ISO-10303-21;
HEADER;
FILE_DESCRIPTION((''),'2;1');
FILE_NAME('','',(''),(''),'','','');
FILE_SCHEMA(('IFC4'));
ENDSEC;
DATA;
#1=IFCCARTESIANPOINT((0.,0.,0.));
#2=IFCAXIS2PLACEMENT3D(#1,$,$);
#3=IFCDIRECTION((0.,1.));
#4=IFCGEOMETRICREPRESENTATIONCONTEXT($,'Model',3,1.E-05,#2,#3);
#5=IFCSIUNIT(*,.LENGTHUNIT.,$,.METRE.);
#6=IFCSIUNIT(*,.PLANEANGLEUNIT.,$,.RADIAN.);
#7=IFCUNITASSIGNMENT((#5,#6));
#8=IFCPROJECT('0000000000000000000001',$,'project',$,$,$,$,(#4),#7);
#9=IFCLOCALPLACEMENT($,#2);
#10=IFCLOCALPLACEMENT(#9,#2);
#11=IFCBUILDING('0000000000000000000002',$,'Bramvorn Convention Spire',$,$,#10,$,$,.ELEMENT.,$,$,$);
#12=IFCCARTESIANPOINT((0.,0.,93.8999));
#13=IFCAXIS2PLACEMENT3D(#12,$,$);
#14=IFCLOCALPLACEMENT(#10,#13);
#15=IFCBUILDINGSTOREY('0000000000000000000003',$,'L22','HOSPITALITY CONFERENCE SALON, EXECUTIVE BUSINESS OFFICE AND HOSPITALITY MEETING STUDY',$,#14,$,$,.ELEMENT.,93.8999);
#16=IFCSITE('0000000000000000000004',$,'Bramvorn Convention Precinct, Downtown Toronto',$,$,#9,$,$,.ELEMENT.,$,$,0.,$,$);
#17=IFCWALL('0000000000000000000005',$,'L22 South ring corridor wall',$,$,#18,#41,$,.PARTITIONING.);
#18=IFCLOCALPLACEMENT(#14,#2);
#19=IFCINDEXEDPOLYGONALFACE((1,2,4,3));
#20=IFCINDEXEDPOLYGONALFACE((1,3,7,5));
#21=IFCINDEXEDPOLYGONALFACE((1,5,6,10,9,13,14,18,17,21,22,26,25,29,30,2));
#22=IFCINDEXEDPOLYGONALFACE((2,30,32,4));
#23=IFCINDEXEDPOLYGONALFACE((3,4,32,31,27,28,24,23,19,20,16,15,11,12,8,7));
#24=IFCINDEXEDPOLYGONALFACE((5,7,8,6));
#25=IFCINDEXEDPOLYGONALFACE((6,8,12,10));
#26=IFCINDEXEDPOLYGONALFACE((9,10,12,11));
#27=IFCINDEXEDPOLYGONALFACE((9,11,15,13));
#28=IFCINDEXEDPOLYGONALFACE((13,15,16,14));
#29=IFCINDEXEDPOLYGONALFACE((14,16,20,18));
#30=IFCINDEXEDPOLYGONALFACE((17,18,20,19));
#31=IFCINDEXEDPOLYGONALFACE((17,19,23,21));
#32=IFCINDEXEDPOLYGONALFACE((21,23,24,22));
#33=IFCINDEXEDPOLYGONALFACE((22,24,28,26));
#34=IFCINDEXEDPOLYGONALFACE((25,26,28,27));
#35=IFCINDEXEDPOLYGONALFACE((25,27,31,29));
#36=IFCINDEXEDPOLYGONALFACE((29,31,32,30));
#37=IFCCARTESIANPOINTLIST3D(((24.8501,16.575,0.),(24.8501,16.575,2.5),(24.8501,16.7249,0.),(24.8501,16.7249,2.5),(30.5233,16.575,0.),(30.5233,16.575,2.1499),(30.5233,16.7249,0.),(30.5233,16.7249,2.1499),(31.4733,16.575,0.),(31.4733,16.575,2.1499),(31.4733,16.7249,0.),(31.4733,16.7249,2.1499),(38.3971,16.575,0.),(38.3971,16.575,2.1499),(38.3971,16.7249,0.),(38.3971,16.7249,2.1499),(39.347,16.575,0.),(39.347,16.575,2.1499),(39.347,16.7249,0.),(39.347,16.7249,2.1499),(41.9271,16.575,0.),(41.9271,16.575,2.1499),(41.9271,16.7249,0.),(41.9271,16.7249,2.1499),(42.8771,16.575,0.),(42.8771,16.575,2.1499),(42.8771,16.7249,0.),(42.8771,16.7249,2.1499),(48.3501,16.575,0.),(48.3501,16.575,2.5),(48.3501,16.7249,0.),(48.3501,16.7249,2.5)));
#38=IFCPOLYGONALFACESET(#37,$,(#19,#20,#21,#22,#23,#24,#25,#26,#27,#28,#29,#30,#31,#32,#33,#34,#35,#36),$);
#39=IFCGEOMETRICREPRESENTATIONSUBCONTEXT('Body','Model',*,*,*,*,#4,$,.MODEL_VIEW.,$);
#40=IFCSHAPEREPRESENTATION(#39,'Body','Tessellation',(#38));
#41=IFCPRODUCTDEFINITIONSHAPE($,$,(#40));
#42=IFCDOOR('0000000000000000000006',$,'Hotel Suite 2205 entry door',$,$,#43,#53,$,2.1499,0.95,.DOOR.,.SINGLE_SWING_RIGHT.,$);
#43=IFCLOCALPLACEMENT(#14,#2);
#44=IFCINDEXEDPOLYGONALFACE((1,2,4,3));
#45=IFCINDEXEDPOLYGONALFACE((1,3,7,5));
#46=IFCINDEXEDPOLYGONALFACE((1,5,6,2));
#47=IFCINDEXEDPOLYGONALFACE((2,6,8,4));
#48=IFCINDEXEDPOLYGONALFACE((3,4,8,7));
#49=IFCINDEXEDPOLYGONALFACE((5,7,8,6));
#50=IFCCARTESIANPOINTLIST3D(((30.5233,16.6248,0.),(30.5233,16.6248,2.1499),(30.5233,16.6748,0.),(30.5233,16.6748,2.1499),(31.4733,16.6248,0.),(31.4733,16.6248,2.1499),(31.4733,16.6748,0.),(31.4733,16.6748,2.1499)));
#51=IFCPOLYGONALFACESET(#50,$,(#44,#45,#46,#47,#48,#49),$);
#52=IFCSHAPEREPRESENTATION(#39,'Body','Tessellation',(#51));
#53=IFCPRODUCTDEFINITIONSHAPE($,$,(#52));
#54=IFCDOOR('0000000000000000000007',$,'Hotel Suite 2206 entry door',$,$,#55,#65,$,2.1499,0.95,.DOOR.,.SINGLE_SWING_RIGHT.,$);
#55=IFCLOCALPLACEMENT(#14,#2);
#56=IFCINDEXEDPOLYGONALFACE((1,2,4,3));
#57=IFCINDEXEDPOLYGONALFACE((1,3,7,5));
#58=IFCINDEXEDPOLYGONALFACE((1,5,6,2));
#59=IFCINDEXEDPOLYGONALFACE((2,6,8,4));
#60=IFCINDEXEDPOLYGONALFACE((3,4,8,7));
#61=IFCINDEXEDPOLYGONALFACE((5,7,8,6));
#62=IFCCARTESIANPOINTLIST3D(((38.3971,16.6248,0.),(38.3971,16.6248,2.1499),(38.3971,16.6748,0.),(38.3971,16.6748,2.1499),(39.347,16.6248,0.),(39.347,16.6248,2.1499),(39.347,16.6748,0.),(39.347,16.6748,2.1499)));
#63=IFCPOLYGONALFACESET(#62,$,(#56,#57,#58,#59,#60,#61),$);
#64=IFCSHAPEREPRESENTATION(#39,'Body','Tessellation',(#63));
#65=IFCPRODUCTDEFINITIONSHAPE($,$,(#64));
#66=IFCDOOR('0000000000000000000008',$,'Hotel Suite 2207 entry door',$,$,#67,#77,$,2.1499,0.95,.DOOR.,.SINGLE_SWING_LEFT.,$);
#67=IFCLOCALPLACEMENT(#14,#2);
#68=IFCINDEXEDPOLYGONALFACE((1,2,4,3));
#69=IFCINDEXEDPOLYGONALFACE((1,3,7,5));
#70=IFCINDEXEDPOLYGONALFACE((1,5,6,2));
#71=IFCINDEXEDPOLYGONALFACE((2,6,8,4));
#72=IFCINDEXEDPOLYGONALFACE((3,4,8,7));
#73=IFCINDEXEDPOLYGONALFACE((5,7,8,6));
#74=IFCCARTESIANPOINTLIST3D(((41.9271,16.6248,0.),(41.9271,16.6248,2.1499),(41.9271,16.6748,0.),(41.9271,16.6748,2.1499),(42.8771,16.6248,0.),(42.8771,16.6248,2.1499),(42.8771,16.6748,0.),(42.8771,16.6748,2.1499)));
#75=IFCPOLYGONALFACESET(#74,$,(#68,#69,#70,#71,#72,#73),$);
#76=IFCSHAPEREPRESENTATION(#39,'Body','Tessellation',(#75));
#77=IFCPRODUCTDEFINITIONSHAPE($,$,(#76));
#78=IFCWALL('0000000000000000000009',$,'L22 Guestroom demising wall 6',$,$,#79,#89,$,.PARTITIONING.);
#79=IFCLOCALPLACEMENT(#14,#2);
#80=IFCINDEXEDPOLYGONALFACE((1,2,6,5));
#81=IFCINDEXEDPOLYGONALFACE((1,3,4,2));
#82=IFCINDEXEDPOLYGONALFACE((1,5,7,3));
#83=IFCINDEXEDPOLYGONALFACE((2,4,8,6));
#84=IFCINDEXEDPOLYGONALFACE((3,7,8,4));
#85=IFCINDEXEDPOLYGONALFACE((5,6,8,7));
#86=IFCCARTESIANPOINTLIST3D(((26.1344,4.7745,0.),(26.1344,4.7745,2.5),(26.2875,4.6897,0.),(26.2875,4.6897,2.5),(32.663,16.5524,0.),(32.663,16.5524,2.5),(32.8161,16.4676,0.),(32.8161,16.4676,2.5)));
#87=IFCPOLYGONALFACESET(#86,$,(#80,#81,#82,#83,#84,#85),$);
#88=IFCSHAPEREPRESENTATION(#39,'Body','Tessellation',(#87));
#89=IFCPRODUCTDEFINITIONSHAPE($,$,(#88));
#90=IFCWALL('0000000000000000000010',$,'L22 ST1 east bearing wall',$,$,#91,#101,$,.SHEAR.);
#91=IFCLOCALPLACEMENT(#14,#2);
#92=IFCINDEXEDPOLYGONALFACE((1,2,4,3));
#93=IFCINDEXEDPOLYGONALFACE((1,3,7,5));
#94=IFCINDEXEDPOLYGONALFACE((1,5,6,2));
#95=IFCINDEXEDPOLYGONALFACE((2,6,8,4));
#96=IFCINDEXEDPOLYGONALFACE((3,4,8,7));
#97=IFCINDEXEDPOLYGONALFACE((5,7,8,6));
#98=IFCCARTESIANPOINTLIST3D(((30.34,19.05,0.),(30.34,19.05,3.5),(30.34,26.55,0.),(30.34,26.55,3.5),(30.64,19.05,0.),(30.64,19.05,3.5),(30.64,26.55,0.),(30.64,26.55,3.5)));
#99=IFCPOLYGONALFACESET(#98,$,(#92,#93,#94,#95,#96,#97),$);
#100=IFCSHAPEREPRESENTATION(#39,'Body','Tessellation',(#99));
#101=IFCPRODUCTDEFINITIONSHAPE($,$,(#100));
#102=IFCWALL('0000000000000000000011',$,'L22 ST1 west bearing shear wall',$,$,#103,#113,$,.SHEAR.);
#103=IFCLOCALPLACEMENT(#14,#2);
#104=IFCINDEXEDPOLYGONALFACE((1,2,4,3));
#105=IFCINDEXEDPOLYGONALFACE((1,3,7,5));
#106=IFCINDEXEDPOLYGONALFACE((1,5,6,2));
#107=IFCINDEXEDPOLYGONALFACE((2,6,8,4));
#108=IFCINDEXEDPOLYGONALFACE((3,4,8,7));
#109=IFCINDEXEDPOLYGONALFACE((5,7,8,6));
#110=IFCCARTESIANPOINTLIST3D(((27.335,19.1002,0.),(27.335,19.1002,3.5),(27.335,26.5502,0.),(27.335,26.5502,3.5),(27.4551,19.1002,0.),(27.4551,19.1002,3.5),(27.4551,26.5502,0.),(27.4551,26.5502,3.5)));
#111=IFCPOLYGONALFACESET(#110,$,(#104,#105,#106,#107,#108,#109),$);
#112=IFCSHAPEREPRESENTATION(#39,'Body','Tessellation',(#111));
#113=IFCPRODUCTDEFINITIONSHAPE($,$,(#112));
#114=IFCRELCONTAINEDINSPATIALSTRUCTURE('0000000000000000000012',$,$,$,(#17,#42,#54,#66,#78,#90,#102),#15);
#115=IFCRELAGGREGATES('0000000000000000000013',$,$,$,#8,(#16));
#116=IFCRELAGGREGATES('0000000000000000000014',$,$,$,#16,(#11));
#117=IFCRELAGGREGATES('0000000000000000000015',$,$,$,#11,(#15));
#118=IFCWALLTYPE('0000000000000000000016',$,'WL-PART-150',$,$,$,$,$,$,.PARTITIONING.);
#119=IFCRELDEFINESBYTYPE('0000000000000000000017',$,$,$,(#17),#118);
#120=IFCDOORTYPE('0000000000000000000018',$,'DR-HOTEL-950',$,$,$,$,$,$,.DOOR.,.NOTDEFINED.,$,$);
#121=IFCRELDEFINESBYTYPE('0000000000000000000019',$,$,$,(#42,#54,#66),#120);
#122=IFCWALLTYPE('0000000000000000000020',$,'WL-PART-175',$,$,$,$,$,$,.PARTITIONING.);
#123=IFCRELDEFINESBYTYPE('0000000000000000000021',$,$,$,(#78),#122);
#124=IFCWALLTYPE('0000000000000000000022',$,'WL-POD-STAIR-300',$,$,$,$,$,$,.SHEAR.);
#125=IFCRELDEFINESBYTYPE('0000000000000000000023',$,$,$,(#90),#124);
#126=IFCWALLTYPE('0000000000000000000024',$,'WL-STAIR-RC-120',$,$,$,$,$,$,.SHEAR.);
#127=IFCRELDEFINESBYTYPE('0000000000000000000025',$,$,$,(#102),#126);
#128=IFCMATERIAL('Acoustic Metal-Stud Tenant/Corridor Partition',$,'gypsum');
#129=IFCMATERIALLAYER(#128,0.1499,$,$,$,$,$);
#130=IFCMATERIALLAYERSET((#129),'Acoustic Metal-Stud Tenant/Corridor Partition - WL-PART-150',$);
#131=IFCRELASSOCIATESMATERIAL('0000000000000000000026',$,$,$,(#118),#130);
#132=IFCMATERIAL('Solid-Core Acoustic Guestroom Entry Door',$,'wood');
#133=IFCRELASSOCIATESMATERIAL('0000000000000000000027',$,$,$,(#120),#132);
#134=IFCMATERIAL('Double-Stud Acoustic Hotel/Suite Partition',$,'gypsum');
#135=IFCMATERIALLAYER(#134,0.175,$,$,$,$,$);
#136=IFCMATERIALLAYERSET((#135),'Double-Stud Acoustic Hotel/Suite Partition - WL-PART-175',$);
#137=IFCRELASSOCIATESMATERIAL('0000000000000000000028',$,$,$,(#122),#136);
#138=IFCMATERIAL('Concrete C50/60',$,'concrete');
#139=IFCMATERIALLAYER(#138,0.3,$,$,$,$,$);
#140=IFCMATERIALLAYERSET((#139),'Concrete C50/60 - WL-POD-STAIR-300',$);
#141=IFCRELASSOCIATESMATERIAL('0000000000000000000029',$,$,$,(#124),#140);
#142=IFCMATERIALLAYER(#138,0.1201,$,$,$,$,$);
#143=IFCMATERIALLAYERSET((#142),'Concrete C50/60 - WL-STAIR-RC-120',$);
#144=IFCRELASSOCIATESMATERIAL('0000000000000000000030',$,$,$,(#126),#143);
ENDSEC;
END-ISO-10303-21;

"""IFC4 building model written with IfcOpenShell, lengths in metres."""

from ifc_helpers import new_model, si_unit, direction, frame, frame_2d, origin, place, context, subcontext, project, spatial, rectangle, extrude, material, layer, layer_set, type_object, element, fill, save


model = new_model("IFC4")

# Units and contexts
model_context = context("Model", 3, precision=1e-05, world=origin(), true_north=direction((0.0, 1.0)))
body_context = subcontext(model_context, "Body", "Model", "MODEL_VIEW")
ifc_project = project(units=[si_unit("LENGTHUNIT", "METRE"), si_unit("PLANEANGLEUNIT", "RADIAN")], contexts=[model_context])

# Site, building, storey
site_placement = place(None, origin())
site = spatial("IfcSite", under=ifc_project, at=site_placement, Name="Bramvorn Convention Precinct, Downtown Toronto", CompositionType="ELEMENT", RefElevation=0.0)
building_placement = place(site_placement, origin())
building = spatial("IfcBuilding", under=site, at=building_placement, Name="Bramvorn Convention Spire", CompositionType="ELEMENT")
storey_placement = place(building_placement, frame((0.0, 0.0, 93.8999)))
storey = spatial("IfcBuildingStorey", under=building, at=storey_placement, Name="L22", Description="HOSPITALITY CONFERENCE SALON, EXECUTIVE BUSINESS OFFICE AND HOSPITALITY MEETING STUDY", CompositionType="ELEMENT", Elevation=93.8999)

# Wall, openings, doors
ifc_material_1 = material(Name="Acoustic Metal-Stud Tenant/Corridor Partition", Category="gypsum")
ifc_layer_1 = layer(ifc_material_1, 0.1499)
ifc_layer_set_1 = layer_set([ifc_layer_1], Name="Acoustic Metal-Stud Tenant/Corridor Partition - WL-PART-150")
wall_type_1 = type_object("IfcWallType", Name="WL-PART-150", PredefinedType="PARTITIONING", material=ifc_layer_set_1)
wall_1_placement = place(storey_placement, frame((24.8501, 16.6499, 0.0), z_axis=(0.0, 0.0, 1.0), x_axis=(1.0, 0.0, 0.0)))
wall_1 = element("IfcWall", 1, at=wall_1_placement, inside=storey, type_object=wall_type_1, Name="L22 South ring corridor wall", PredefinedType="PARTITIONING", context=body_context, shape_type="SweptSolid", body=[
    extrude(rectangle(XDim=23.5, YDim=0.1499, at=frame_2d((11.75, 0.0))), origin(), (0.0, 0.0, 1.0), 2.5),
])
opening_1_placement = place(wall_1_placement, frame((5.6731, 0.0, 0.0)))
opening_1 = element("IfcOpeningElement", 2, at=opening_1_placement, cuts=wall_1, PredefinedType="OPENING", context=body_context, shape_type="SweptSolid", body=[
    extrude(rectangle(XDim=0.95, YDim=2.1499, at=frame_2d((0.4751, 1.075))), frame((0.0, 0.085, 0.0), z_axis=(0.0, -1.0, 0.0), x_axis=(1.0, 0.0, 0.0)), (0.0, 0.0, 1.0), 0.1699),
])
opening_2_placement = place(wall_1_placement, frame((13.5469, 0.0, 0.0)))
opening_2 = element("IfcOpeningElement", 3, at=opening_2_placement, cuts=wall_1, PredefinedType="OPENING", context=body_context, shape_type="SweptSolid", body=[
    extrude(rectangle(XDim=0.95, YDim=2.1499, at=frame_2d((0.4751, 1.075))), frame((0.0, 0.085, 0.0), z_axis=(0.0, -1.0, 0.0), x_axis=(1.0, 0.0, 0.0)), (0.0, 0.0, 1.0), 0.1699),
])
opening_3_placement = place(wall_1_placement, frame((17.0769, 0.0, 0.0)))
opening_3 = element("IfcOpeningElement", 4, at=opening_3_placement, cuts=wall_1, PredefinedType="OPENING", context=body_context, shape_type="SweptSolid", body=[
    extrude(rectangle(XDim=0.95, YDim=2.1499, at=frame_2d((0.4751, 1.075))), frame((0.0, 0.085, 0.0), z_axis=(0.0, -1.0, 0.0), x_axis=(1.0, 0.0, 0.0)), (0.0, 0.0, 1.0), 0.1699),
])
ifc_material_2 = material(Name="Solid-Core Acoustic Guestroom Entry Door", Category="wood")
door_type_1 = type_object("IfcDoorType", Name="DR-HOTEL-950", OperationType="NOTDEFINED", PredefinedType="DOOR", material=ifc_material_2)
door_1_placement = place(opening_1_placement, origin())
door_1 = element("IfcDoor", 5, at=door_1_placement, inside=storey, type_object=door_type_1, Name="Hotel Suite 2205 entry door", OperationType="SINGLE_SWING_RIGHT", OverallHeight=2.1499, OverallWidth=0.95, PredefinedType="DOOR", context=body_context, shape_type="SweptSolid", body=[
    extrude(rectangle(XDim=0.95, YDim=2.1499, at=frame_2d((0.4751, 1.075))), frame((0.0, 0.0249, 0.0), z_axis=(0.0, -1.0, 0.0), x_axis=(1.0, 0.0, 0.0)), (0.0, 0.0, 1.0), 0.05),
])
fill(opening_1, door_1)
door_2_placement = place(opening_2_placement, origin())
door_2 = element("IfcDoor", 6, at=door_2_placement, inside=storey, type_object=door_type_1, Name="Hotel Suite 2206 entry door", OperationType="SINGLE_SWING_RIGHT", OverallHeight=2.1499, OverallWidth=0.95, PredefinedType="DOOR", context=body_context, shape_type="SweptSolid", body=[
    extrude(rectangle(XDim=0.95, YDim=2.1499, at=frame_2d((0.4751, 1.075))), frame((0.0, 0.0249, 0.0), z_axis=(0.0, -1.0, 0.0), x_axis=(1.0, 0.0, 0.0)), (0.0, 0.0, 1.0), 0.05),
])
fill(opening_2, door_2)
door_3_placement = place(opening_3_placement, origin())
door_3 = element("IfcDoor", 7, at=door_3_placement, inside=storey, type_object=door_type_1, Name="Hotel Suite 2207 entry door", OperationType="SINGLE_SWING_LEFT", OverallHeight=2.1499, OverallWidth=0.95, PredefinedType="DOOR", context=body_context, shape_type="SweptSolid", body=[
    extrude(rectangle(XDim=0.95, YDim=2.1499, at=frame_2d((0.4751, 1.075))), frame((0.0, 0.0249, 0.0), z_axis=(0.0, -1.0, 0.0), x_axis=(1.0, 0.0, 0.0)), (0.0, 0.0, 1.0), 0.05),
])
fill(opening_3, door_3)

# Walls
ifc_material_3 = material(Name="Double-Stud Acoustic Hotel/Suite Partition", Category="gypsum")
ifc_layer_2 = layer(ifc_material_3, 0.175)
ifc_layer_set_2 = layer_set([ifc_layer_2], Name="Double-Stud Acoustic Hotel/Suite Partition - WL-PART-175")
wall_type_2 = type_object("IfcWallType", Name="WL-PART-175", PredefinedType="PARTITIONING", material=ifc_layer_set_2)
wall_2_placement = place(storey_placement, frame((32.7395, 16.51, 0.0), z_axis=(0.0, 0.0, 1.0), x_axis=(-0.48481, -0.87462, 0.0)))
element("IfcWall", 8, at=wall_2_placement, inside=storey, type_object=wall_type_2, Name="L22 Guestroom demising wall 6", PredefinedType="PARTITIONING", context=body_context, shape_type="SweptSolid", body=[
    extrude(rectangle(XDim=13.4663, YDim=0.175, at=frame_2d((6.7332, 0.0))), origin(), (0.0, 0.0, 1.0), 2.5),
])
ifc_material_4 = material(Name="Concrete C50/60", Category="concrete")
ifc_layer_3 = layer(ifc_material_4, 0.3)
ifc_layer_set_3 = layer_set([ifc_layer_3], Name="Concrete C50/60 - WL-POD-STAIR-300")
wall_type_3 = type_object("IfcWallType", Name="WL-POD-STAIR-300", PredefinedType="SHEAR", material=ifc_layer_set_3)
wall_3_placement = place(storey_placement, frame((30.49, 19.05, 0.0), z_axis=(0.0, 0.0, 1.0), x_axis=(0.0, 1.0, 0.0)))
element("IfcWall", 9, at=wall_3_placement, inside=storey, type_object=wall_type_3, Name="L22 ST1 east bearing wall", PredefinedType="SHEAR", context=body_context, shape_type="SweptSolid", body=[
    extrude(rectangle(XDim=7.5, YDim=0.3, at=frame_2d((3.75, 0.0))), origin(), (0.0, 0.0, 1.0), 3.5),
])
ifc_layer_4 = layer(ifc_material_4, 0.1201)
ifc_layer_set_4 = layer_set([ifc_layer_4], Name="Concrete C50/60 - WL-STAIR-RC-120")
wall_type_4 = type_object("IfcWallType", Name="WL-STAIR-RC-120", PredefinedType="SHEAR", material=ifc_layer_set_4)
wall_4_placement = place(storey_placement, frame((27.395, 19.1001, 0.0), z_axis=(0.0, 0.0, 1.0), x_axis=(0.0, 1.0, 0.0)))
element("IfcWall", 10, at=wall_4_placement, inside=storey, type_object=wall_type_4, Name="L22 ST1 west bearing shear wall", PredefinedType="SHEAR", context=body_context, shape_type="SweptSolid", body=[
    extrude(rectangle(XDim=7.45, YDim=0.1201, at=frame_2d((3.7251, 0.0))), origin(), (0.0, 0.0, 1.0), 3.5),
])

save(model, "model.ifc")
